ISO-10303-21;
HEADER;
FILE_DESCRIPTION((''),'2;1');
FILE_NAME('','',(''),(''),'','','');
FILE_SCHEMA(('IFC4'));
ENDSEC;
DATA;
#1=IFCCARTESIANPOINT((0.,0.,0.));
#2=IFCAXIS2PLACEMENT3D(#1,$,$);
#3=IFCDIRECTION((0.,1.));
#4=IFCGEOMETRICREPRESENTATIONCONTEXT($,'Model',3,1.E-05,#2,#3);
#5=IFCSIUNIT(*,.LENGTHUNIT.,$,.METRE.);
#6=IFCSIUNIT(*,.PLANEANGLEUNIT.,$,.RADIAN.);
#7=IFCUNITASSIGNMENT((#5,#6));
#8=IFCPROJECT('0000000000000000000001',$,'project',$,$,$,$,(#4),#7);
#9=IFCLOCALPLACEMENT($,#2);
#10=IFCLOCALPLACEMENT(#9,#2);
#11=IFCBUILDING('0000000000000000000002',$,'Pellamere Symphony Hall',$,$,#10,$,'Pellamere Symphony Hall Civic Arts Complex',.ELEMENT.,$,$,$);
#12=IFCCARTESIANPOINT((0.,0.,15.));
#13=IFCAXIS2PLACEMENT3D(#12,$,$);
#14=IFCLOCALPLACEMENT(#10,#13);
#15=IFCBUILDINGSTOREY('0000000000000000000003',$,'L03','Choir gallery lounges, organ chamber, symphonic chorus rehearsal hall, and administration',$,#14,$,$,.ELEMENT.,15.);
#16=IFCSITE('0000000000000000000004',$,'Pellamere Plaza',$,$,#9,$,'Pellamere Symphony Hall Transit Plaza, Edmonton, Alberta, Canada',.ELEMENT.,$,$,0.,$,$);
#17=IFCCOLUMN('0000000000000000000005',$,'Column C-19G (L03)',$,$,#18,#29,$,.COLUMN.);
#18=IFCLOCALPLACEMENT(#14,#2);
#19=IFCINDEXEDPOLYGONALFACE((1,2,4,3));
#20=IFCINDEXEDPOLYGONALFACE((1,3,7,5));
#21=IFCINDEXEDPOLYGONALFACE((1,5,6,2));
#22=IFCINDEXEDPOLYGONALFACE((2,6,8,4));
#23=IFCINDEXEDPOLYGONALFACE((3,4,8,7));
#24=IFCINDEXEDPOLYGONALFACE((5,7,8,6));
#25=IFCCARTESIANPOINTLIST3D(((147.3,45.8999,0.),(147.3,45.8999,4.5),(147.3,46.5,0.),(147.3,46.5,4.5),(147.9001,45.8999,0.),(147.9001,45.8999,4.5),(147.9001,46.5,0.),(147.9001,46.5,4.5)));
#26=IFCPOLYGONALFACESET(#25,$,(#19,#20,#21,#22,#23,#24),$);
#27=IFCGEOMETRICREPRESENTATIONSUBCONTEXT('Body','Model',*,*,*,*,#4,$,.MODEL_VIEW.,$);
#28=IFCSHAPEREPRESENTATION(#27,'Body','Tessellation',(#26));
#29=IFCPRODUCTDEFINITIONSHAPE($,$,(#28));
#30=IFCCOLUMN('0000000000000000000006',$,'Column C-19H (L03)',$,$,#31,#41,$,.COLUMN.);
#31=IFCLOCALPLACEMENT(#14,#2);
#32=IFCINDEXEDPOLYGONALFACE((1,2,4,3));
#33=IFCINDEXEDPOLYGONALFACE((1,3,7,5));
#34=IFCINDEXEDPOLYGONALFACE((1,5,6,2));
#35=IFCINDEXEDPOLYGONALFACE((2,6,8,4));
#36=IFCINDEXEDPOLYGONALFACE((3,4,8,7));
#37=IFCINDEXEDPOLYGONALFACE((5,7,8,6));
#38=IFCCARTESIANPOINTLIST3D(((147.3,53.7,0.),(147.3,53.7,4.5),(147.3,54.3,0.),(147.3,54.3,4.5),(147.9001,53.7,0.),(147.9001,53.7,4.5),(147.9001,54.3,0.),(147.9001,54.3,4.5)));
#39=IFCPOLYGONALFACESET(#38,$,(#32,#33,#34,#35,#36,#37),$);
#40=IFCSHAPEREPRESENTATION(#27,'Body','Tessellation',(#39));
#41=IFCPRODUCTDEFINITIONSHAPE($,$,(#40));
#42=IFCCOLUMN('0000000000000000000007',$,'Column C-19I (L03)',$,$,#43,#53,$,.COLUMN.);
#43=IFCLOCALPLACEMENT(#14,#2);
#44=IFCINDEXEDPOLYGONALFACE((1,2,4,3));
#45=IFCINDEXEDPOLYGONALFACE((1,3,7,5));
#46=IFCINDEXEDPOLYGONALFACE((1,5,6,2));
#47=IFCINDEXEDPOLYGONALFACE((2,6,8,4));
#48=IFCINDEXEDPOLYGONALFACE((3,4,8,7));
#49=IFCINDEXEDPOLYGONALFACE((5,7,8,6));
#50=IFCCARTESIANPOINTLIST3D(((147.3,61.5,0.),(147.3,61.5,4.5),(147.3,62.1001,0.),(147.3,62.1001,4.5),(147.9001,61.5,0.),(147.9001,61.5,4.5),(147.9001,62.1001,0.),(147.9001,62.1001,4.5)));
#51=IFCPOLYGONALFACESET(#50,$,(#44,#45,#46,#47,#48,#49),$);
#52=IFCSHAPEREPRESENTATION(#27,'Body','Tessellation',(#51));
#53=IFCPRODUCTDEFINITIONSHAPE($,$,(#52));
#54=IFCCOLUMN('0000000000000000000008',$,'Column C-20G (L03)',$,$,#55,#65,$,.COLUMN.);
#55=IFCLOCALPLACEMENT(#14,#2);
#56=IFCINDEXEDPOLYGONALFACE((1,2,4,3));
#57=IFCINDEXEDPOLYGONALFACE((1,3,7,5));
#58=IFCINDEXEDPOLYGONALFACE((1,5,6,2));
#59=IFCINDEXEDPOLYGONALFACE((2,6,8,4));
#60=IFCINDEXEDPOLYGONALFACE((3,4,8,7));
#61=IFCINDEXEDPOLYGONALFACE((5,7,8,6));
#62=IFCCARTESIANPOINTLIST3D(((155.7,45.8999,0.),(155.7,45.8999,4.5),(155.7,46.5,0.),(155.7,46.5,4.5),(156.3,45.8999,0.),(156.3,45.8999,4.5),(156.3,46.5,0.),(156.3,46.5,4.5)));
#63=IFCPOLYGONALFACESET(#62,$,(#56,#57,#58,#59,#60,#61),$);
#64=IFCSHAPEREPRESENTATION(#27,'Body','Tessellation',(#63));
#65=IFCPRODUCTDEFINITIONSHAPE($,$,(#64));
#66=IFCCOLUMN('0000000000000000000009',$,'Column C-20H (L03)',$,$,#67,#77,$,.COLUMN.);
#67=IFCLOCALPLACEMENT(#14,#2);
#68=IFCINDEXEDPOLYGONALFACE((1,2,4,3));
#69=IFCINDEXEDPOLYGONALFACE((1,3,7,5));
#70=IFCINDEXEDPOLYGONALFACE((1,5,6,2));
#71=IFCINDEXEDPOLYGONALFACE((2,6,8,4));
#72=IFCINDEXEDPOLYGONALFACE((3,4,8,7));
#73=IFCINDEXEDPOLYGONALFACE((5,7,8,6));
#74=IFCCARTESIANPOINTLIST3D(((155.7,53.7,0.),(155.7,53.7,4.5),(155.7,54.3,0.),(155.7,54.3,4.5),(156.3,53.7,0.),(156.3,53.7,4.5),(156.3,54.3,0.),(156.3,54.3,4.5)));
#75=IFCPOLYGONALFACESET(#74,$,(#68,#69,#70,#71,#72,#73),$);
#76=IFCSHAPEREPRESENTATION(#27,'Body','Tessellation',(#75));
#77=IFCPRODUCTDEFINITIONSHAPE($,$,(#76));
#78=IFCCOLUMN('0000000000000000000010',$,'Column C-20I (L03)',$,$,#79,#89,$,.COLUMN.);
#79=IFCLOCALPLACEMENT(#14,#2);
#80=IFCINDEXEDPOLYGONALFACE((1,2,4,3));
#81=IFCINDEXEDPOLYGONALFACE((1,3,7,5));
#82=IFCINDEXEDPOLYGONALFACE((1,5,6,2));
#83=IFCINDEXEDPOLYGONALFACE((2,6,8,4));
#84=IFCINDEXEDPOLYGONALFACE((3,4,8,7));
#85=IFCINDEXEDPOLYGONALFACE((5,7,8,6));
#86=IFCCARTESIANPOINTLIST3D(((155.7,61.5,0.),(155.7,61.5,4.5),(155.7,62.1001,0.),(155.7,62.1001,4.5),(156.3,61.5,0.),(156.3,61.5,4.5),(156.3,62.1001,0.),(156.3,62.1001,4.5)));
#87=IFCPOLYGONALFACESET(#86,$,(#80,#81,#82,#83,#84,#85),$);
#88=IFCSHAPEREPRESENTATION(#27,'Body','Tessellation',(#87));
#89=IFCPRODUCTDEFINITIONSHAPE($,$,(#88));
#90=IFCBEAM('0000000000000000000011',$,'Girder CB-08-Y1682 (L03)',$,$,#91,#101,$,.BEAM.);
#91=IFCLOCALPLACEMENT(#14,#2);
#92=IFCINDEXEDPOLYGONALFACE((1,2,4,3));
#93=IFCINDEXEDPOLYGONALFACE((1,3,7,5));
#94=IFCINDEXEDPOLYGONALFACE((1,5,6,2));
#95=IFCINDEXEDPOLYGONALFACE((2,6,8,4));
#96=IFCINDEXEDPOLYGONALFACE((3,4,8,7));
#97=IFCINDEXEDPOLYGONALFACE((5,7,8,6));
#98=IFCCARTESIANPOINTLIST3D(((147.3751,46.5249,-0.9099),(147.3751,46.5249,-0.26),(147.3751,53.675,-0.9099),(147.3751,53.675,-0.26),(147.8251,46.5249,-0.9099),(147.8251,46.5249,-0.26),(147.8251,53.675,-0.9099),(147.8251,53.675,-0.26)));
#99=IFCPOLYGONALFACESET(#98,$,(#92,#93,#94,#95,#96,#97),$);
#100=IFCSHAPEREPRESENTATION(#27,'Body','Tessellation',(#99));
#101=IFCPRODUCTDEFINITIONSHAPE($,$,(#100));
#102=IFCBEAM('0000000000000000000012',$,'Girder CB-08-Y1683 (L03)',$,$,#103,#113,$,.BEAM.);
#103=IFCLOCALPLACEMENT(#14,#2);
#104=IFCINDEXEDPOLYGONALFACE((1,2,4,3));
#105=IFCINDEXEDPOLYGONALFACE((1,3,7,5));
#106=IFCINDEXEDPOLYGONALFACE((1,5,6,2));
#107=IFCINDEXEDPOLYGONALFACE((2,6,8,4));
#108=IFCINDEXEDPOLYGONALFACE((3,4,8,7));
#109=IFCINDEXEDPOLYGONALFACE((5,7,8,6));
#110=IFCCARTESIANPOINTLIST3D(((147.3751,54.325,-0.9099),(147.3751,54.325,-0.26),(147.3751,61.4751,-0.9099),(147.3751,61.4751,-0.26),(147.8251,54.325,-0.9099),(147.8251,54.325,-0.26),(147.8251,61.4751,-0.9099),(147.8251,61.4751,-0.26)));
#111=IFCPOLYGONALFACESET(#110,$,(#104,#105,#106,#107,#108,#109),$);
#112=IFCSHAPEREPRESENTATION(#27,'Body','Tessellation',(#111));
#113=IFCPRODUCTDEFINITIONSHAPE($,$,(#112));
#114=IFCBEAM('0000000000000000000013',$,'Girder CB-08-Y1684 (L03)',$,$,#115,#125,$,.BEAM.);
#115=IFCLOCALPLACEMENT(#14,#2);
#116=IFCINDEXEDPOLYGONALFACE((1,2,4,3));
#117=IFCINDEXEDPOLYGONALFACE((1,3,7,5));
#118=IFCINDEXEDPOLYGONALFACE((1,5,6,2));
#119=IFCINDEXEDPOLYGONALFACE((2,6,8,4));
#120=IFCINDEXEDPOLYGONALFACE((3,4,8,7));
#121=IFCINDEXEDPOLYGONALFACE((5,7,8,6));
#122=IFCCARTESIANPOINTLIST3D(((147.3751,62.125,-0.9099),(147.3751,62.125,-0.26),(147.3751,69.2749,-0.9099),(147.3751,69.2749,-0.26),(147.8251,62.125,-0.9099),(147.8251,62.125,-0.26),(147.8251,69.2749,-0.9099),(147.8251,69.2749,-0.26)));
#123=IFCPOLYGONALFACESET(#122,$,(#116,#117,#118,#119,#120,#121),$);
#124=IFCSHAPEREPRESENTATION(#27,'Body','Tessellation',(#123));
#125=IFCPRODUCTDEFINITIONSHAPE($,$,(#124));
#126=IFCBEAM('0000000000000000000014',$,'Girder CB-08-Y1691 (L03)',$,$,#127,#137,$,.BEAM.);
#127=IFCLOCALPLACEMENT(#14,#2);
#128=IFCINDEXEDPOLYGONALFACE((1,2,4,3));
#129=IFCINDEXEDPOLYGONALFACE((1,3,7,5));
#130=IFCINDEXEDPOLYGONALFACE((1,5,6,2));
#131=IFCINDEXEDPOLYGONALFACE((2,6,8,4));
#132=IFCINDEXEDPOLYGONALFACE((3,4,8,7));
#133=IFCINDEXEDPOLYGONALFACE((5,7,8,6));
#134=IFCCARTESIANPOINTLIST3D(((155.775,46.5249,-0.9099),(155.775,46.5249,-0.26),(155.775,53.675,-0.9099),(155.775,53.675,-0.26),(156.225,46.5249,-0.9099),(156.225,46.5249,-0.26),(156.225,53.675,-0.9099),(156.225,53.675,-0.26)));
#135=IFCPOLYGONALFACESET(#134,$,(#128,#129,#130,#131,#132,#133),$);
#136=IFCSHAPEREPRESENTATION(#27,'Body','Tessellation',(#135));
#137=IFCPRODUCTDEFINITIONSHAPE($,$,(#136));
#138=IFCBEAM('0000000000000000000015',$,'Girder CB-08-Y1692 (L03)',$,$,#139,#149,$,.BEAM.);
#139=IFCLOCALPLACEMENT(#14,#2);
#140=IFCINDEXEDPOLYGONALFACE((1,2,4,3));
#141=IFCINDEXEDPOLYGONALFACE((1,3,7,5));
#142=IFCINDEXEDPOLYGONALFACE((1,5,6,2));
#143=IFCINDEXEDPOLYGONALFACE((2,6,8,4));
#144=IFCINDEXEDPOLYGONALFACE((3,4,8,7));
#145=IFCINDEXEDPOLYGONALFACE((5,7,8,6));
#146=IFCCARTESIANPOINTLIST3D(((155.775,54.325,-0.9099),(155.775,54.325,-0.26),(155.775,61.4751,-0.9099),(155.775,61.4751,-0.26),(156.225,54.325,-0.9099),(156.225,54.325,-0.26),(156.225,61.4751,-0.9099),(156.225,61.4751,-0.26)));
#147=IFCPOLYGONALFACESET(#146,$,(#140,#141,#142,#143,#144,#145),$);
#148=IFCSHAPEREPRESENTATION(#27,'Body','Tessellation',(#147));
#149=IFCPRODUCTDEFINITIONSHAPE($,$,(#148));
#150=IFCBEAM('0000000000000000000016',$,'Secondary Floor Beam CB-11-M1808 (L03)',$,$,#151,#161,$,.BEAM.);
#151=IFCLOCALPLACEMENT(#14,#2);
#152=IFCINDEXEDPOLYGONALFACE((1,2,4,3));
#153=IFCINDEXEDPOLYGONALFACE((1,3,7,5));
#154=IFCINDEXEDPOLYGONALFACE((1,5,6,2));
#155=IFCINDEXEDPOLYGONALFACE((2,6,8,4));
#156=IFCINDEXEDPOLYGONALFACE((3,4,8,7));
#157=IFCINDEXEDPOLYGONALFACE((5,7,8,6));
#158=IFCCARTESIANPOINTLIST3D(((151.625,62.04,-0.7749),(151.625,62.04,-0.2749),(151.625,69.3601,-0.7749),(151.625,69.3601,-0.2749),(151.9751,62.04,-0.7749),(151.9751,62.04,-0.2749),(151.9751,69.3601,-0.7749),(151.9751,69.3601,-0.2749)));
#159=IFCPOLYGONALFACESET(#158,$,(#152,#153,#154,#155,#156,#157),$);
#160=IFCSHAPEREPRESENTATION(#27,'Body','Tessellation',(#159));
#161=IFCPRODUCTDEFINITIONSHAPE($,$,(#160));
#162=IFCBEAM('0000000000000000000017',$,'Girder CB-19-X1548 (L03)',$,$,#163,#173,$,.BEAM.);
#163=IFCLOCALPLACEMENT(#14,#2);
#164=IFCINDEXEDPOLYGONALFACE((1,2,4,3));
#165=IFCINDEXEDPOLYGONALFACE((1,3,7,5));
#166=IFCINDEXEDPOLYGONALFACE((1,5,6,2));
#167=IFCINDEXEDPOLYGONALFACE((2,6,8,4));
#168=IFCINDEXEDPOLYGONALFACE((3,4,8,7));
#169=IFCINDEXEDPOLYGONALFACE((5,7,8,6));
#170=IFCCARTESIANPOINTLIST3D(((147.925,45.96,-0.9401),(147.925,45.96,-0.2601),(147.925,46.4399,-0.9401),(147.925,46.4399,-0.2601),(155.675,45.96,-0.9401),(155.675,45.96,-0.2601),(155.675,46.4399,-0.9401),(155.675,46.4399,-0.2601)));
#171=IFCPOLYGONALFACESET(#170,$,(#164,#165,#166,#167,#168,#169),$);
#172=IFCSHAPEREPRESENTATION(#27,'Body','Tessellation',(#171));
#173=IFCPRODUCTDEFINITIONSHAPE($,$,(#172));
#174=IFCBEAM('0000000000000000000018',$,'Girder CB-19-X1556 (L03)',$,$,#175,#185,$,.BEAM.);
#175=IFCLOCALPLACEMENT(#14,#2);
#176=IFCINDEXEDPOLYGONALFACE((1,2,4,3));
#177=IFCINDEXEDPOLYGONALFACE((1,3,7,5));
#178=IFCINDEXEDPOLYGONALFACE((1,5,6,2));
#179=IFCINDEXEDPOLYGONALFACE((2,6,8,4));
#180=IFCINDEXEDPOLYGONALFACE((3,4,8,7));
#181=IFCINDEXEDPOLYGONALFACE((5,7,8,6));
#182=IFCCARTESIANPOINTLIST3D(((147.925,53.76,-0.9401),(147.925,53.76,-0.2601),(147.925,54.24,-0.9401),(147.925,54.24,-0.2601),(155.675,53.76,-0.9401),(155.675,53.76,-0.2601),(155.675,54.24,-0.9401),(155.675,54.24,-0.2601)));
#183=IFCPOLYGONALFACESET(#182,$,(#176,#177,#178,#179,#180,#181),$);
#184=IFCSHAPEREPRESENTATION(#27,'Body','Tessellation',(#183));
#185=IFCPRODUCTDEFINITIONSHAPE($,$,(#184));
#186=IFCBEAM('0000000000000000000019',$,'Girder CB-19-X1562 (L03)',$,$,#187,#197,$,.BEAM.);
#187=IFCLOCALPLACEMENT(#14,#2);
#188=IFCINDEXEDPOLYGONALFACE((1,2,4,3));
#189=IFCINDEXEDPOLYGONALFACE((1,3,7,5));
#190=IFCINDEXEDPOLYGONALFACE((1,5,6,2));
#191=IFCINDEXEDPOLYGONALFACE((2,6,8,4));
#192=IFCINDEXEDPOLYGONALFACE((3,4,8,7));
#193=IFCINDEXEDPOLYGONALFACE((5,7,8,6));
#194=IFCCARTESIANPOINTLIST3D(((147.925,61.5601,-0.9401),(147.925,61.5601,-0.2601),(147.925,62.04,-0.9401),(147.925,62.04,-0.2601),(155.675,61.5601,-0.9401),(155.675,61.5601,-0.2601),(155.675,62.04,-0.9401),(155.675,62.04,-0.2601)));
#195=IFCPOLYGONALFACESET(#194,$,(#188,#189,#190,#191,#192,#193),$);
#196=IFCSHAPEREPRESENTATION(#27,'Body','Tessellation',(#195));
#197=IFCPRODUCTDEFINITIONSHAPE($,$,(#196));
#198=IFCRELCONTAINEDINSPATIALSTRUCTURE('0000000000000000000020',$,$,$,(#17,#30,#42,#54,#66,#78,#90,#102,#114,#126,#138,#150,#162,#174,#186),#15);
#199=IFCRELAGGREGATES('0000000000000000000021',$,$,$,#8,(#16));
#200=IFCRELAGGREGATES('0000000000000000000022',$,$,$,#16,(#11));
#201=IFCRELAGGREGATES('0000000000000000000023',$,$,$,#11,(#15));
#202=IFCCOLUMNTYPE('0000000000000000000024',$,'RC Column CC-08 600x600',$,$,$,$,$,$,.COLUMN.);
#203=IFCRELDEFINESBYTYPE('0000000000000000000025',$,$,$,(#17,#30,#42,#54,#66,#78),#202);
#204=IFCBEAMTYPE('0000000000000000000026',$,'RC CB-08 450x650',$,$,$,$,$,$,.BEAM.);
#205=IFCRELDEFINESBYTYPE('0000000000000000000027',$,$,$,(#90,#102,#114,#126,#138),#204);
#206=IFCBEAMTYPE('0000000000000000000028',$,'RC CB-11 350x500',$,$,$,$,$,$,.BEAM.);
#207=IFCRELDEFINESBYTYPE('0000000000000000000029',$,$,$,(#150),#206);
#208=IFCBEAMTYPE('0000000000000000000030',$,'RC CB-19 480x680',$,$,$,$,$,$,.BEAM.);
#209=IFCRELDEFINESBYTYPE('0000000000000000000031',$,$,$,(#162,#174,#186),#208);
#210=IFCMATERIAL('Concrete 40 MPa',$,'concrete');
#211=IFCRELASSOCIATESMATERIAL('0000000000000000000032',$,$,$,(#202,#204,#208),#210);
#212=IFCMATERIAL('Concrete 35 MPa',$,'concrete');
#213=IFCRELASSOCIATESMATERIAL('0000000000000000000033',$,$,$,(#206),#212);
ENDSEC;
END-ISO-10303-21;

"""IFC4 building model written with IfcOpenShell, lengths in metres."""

from ifc_helpers import new_model, si_unit, direction, frame, origin, origin_2d, place, context, subcontext, project, spatial, rectangle, extrude, material, material_profile, profile_set, type_object, element, save


model = new_model("IFC4")

# Units and contexts
model_context = context("Model", 3, precision=1e-05, world=origin(), true_north=direction((0.0, 1.0)))
body_context = subcontext(model_context, "Body", "Model", "MODEL_VIEW")
ifc_project = project(units=[si_unit("LENGTHUNIT", "METRE"), si_unit("PLANEANGLEUNIT", "RADIAN")], contexts=[model_context])

# Site, building, storey
site_placement = place(None, origin())
site = spatial("IfcSite", under=ifc_project, at=site_placement, Name="Pellamere Plaza", LongName="Pellamere Symphony Hall Transit Plaza, Edmonton, Alberta, Canada", CompositionType="ELEMENT", RefElevation=0.0)
building_placement = place(site_placement, origin())
building = spatial("IfcBuilding", under=site, at=building_placement, Name="Pellamere Symphony Hall", LongName="Pellamere Symphony Hall Civic Arts Complex", CompositionType="ELEMENT")
storey_placement = place(building_placement, frame((0.0, 0.0, 15.0)))
storey = spatial("IfcBuildingStorey", under=building, at=storey_placement, Name="L03", Description="Choir gallery lounges, organ chamber, symphonic chorus rehearsal hall, and administration", CompositionType="ELEMENT", Elevation=15.0)

# Columns
ifc_material_1 = material(Name="Concrete 40 MPa", Category="concrete")
ifc_material_profile_1 = material_profile(ifc_material_1, rectangle(XDim=0.6001, YDim=0.6001, at=origin_2d()), Name="RC 600x600")
ifc_profile_set_1 = profile_set([ifc_material_profile_1], Name="Concrete 40 MPa")
column_type = type_object("IfcColumnType", Name="RC Column CC-08 600x600", PredefinedType="COLUMN", material=ifc_profile_set_1)
for number, where, z_axis, x_axis, name in (
    (1, (147.6001, 46.2, 0.0), (0.0, 0.0, 1.0), (1.0, 0.0, 0.0), "Column C-19G (L03)"),
    (2, (147.6001, 54.0, 0.0), (0.0, 0.0, 1.0), (1.0, 0.0, 0.0), "Column C-19H (L03)"),
    (3, (147.6001, 61.8, 0.0), (0.0, 0.0, 1.0), (1.0, 0.0, 0.0), "Column C-19I (L03)"),
    (4, (156.0, 46.2, 0.0), (0.0, 0.0, 1.0), (1.0, 0.0, 0.0), "Column C-20G (L03)"),
    (5, (156.0, 54.0, 0.0), (0.0, 0.0, 1.0), (1.0, 0.0, 0.0), "Column C-20H (L03)"),
    (6, (156.0, 61.8, 0.0), (0.0, 0.0, 1.0), (1.0, 0.0, 0.0), "Column C-20I (L03)"),
):
    element("IfcColumn", number, at=place(storey_placement, frame(where, z_axis=z_axis, x_axis=x_axis)), inside=storey, type_object=column_type, Name=name, PredefinedType="COLUMN", context=body_context, shape_type="SweptSolid", body=[
        extrude(rectangle(XDim=0.6001, YDim=0.6001, at=origin_2d()), origin(), (0.0, 0.0, 1.0), 4.5),
    ])

# Beams
ifc_material_profile_2 = material_profile(ifc_material_1, rectangle(XDim=0.45, YDim=0.6499, at=origin_2d()), Name="RC 450x650")
ifc_profile_set_2 = profile_set([ifc_material_profile_2], Name="Concrete 40 MPa")
beam_type_1 = type_object("IfcBeamType", Name="RC CB-08 450x650", PredefinedType="BEAM", material=ifc_profile_set_2)
for number, where, z_axis, x_axis, name in (
    (7, (147.6001, 46.5249, -0.585), (0.0, 1.0, 0.0), (-1.0, 0.0, 0.0), "Girder CB-08-Y1682 (L03)"),
    (8, (147.6001, 54.325, -0.585), (0.0, 1.0, 0.0), (-1.0, 0.0, 0.0), "Girder CB-08-Y1683 (L03)"),
):
    element("IfcBeam", number, at=place(storey_placement, frame(where, z_axis=z_axis, x_axis=x_axis)), inside=storey, type_object=beam_type_1, Name=name, PredefinedType="BEAM", context=body_context, shape_type="SweptSolid", body=[
        extrude(rectangle(XDim=0.45, YDim=0.6499, at=origin_2d()), origin(), (0.0, 0.0, 1.0), 7.1501),
    ])
beam_1_placement = place(storey_placement, frame((147.6001, 62.125, -0.585), z_axis=(0.0, 1.0, 0.0), x_axis=(-1.0, 0.0, 0.0)))
element("IfcBeam", 9, at=beam_1_placement, inside=storey, type_object=beam_type_1, Name="Girder CB-08-Y1684 (L03)", PredefinedType="BEAM", context=body_context, shape_type="SweptSolid", body=[
    extrude(rectangle(XDim=0.45, YDim=0.6499, at=origin_2d()), origin(), (0.0, 0.0, 1.0), 7.1499),
])
for number, where, z_axis, x_axis, name in (
    (10, (156.0, 46.5249, -0.585), (0.0, 1.0, 0.0), (-1.0, 0.0, 0.0), "Girder CB-08-Y1691 (L03)"),
    (11, (156.0, 54.325, -0.585), (0.0, 1.0, 0.0), (-1.0, 0.0, 0.0), "Girder CB-08-Y1692 (L03)"),
):
    element("IfcBeam", number, at=place(storey_placement, frame(where, z_axis=z_axis, x_axis=x_axis)), inside=storey, type_object=beam_type_1, Name=name, PredefinedType="BEAM", context=body_context, shape_type="SweptSolid", body=[
        extrude(rectangle(XDim=0.45, YDim=0.6499, at=origin_2d()), origin(), (0.0, 0.0, 1.0), 7.1501),
    ])
ifc_material_2 = material(Name="Concrete 35 MPa", Category="concrete")
ifc_material_profile_3 = material_profile(ifc_material_2, rectangle(XDim=0.3501, YDim=0.5, at=origin_2d()), Name="RC 350x500")
ifc_profile_set_3 = profile_set([ifc_material_profile_3], Name="Concrete 35 MPa")
beam_type_2 = type_object("IfcBeamType", Name="RC CB-11 350x500", PredefinedType="BEAM", material=ifc_profile_set_3)
beam_2_placement = place(storey_placement, frame((151.8, 62.04, -0.5249), z_axis=(0.0, 1.0, 0.0), x_axis=(-1.0, 0.0, 0.0)))
element("IfcBeam", 12, at=beam_2_placement, inside=storey, type_object=beam_type_2, Name="Secondary Floor Beam CB-11-M1808 (L03)", PredefinedType="BEAM", context=body_context, shape_type="SweptSolid", body=[
    extrude(rectangle(XDim=0.3501, YDim=0.5, at=origin_2d()), origin(), (0.0, 0.0, 1.0), 7.3201),
])
ifc_material_profile_4 = material_profile(ifc_material_1, rectangle(XDim=0.48, YDim=0.6799, at=origin_2d()), Name="RC 480x680")
ifc_profile_set_4 = profile_set([ifc_material_profile_4], Name="Concrete 40 MPa")
beam_type_3 = type_object("IfcBeamType", Name="RC CB-19 480x680", PredefinedType="BEAM", material=ifc_profile_set_4)
for number, where, z_axis, x_axis, name in (
    (13, (147.925, 46.2, -0.6001), (1.0, 0.0, 0.0), (0.0, 1.0, 0.0), "Girder CB-19-X1548 (L03)"),
    (14, (147.925, 54.0, -0.6001), (1.0, 0.0, 0.0), (0.0, 1.0, 0.0), "Girder CB-19-X1556 (L03)"),
    (15, (147.925, 61.8, -0.6001), (1.0, 0.0, 0.0), (0.0, 1.0, 0.0), "Girder CB-19-X1562 (L03)"),
):
    element("IfcBeam", number, at=place(storey_placement, frame(where, z_axis=z_axis, x_axis=x_axis)), inside=storey, type_object=beam_type_3, Name=name, PredefinedType="BEAM", context=body_context, shape_type="SweptSolid", body=[
        extrude(rectangle(XDim=0.48, YDim=0.6799, at=origin_2d()), origin(), (0.0, 0.0, 1.0), 7.75),
    ])

save(model, "model.ifc")
